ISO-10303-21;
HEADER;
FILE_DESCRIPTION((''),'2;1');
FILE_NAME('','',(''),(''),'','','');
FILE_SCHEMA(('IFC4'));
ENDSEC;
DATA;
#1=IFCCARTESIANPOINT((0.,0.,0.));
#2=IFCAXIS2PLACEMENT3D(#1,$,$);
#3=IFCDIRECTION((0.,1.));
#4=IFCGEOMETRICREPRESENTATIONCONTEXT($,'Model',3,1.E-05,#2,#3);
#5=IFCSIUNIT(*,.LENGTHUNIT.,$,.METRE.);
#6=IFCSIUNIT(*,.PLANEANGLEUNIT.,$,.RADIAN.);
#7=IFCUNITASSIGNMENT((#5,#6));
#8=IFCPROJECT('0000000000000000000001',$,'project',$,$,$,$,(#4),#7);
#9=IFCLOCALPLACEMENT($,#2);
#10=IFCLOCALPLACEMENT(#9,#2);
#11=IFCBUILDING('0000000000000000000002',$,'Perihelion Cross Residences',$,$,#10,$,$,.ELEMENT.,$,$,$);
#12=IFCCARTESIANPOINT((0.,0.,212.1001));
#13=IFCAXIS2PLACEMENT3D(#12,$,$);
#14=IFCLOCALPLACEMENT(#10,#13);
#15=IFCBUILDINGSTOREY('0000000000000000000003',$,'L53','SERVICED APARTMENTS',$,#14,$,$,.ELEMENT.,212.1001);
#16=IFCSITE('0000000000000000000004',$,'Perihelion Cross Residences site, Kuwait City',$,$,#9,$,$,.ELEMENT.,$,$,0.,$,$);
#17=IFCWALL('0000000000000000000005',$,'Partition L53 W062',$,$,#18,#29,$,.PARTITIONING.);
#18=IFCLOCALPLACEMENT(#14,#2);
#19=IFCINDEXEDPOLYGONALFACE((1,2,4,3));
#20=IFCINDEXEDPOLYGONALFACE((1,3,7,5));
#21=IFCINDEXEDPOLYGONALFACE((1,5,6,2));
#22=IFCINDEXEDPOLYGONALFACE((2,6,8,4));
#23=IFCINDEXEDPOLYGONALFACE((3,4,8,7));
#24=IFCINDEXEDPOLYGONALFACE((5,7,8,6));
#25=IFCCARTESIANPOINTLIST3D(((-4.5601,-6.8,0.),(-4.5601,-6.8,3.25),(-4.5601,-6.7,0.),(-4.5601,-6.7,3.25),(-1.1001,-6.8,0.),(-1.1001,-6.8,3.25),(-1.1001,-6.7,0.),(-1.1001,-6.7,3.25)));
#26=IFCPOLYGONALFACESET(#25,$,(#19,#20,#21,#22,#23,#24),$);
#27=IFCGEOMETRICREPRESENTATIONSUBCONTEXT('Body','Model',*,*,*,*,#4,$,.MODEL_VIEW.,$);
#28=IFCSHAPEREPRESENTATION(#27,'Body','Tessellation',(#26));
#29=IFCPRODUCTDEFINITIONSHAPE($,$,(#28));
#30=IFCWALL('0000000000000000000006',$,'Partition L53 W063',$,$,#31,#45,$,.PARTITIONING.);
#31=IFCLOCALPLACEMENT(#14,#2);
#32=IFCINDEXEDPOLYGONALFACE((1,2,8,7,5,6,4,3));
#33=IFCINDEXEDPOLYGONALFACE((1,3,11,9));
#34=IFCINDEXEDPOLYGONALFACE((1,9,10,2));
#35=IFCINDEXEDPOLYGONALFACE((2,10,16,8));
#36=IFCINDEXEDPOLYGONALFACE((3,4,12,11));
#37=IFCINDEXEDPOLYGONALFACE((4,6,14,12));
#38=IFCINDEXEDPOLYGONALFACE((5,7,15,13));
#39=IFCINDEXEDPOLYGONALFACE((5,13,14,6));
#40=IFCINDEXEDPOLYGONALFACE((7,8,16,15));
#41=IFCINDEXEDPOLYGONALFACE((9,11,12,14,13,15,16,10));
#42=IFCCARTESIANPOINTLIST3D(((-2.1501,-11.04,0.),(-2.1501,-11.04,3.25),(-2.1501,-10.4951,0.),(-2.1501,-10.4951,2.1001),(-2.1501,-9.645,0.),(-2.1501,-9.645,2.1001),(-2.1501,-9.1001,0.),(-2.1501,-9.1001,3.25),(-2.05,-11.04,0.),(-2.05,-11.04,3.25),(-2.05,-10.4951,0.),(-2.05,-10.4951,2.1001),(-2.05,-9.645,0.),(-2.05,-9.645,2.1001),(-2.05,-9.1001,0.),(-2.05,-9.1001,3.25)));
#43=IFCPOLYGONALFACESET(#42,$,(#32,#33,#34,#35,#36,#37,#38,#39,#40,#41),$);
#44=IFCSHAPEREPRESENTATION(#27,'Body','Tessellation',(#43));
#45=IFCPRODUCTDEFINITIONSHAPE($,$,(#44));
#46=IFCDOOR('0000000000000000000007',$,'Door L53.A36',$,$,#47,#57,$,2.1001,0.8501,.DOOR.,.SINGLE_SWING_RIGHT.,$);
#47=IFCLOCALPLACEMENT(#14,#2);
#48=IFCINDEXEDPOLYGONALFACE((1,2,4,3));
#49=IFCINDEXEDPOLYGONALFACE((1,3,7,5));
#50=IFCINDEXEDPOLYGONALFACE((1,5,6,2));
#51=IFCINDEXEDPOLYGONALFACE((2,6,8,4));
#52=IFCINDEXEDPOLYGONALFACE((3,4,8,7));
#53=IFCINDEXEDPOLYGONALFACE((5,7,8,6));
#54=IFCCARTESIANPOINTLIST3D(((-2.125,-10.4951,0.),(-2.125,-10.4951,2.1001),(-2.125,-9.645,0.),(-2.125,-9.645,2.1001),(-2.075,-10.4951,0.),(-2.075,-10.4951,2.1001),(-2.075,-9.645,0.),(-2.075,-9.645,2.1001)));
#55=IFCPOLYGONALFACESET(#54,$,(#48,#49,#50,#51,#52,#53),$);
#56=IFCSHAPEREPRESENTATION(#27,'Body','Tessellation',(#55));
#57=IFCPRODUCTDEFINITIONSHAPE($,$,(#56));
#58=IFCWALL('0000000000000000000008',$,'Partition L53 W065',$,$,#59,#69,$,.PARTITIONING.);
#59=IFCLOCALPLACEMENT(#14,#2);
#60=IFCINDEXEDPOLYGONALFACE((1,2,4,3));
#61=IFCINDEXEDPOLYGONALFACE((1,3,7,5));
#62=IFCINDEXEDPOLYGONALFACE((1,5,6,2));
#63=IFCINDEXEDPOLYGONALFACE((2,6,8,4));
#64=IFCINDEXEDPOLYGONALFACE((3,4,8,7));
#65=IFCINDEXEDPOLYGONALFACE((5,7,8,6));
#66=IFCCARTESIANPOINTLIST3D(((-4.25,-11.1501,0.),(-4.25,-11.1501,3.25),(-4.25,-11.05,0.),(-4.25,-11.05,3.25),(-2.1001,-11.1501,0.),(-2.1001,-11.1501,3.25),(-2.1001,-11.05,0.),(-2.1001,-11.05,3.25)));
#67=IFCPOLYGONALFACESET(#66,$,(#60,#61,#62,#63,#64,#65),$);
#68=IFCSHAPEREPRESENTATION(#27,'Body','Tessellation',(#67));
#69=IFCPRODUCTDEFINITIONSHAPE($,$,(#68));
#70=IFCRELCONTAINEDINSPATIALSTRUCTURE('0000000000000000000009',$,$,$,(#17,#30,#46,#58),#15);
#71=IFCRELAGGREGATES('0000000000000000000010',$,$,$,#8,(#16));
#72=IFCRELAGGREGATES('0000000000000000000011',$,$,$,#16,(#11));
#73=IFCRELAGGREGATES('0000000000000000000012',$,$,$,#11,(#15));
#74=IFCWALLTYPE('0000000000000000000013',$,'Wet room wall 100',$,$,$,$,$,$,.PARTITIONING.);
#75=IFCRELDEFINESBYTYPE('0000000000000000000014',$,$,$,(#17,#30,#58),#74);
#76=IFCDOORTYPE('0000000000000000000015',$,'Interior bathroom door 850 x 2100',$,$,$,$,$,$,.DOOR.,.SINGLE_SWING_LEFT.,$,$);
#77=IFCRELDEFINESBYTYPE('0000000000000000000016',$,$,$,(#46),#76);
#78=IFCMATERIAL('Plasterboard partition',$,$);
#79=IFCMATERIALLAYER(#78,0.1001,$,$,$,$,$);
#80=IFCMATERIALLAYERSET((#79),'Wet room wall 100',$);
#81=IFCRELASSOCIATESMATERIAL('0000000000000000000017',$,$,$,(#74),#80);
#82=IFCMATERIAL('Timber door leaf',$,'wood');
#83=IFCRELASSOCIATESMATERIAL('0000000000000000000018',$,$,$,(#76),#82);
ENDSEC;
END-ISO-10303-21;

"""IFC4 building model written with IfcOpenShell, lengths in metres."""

from ifc_helpers import new_model, si_unit, direction, frame, frame_2d, origin, place, context, subcontext, project, spatial, rectangle, extrude, material, layer, layer_set, type_object, element, fill, save


model = new_model("IFC4")

# Units and contexts
model_context = context("Model", 3, precision=1e-05, world=origin(), true_north=direction((0.0, 1.0)))
body_context = subcontext(model_context, "Body", "Model", "MODEL_VIEW")
ifc_project = project(units=[si_unit("LENGTHUNIT", "METRE"), si_unit("PLANEANGLEUNIT", "RADIAN")], contexts=[model_context])

# Site, building, storey
site_placement = place(None, origin())
site = spatial("IfcSite", under=ifc_project, at=site_placement, Name="Perihelion Cross Residences site, Kuwait City", CompositionType="ELEMENT", RefElevation=0.0)
building_placement = place(site_placement, origin())
building = spatial("IfcBuilding", under=site, at=building_placement, Name="Perihelion Cross Residences", CompositionType="ELEMENT")
storey_placement = place(building_placement, frame((0.0, 0.0, 212.1001)))
storey = spatial("IfcBuildingStorey", under=building, at=storey_placement, Name="L53", Description="SERVICED APARTMENTS", CompositionType="ELEMENT", Elevation=212.1001)

# Shared definitions
ifc_material_1 = material(Name="Plasterboard partition")
ifc_layer_1 = layer(ifc_material_1, 0.1001)
ifc_layer_set_1 = layer_set([ifc_layer_1], Name="Wet room wall 100")
wall_type_1 = type_object("IfcWallType", Name="Wet room wall 100", PredefinedType="PARTITIONING", material=ifc_layer_set_1)
ifc_material_2 = material(Name="Timber door leaf", Category="wood")
door_type_1 = type_object("IfcDoorType", Name="Interior bathroom door 850 x 2100", OperationType="SINGLE_SWING_LEFT", PredefinedType="DOOR", material=ifc_material_2)

# Wall
wall_1_placement = place(storey_placement, frame((-1.1001, -6.75, 0.0), z_axis=(0.0, 0.0, 1.0), x_axis=(-1.0, 0.0, 0.0)))
element("IfcWall", 1, at=wall_1_placement, inside=storey, type_object=wall_type_1, Name="Partition L53 W062", PredefinedType="PARTITIONING", context=body_context, shape_type="SweptSolid", body=[
    extrude(rectangle(XDim=3.46, YDim=0.1001, at=frame_2d((1.73, 0.0))), origin(), (0.0, 0.0, 1.0), 3.25),
])

# Wall, opening, door
wall_2_placement = place(storey_placement, frame((-2.1001, -11.04, 0.0), z_axis=(0.0, 0.0, 1.0), x_axis=(0.0, 1.0, 0.0)))
wall_2 = element("IfcWall", 2, at=wall_2_placement, inside=storey, type_object=wall_type_1, Name="Partition L53 W063", PredefinedType="PARTITIONING", context=body_context, shape_type="SweptSolid", body=[
    extrude(rectangle(XDim=1.9399, YDim=0.1001, at=frame_2d((0.97, 0.0))), origin(), (0.0, 0.0, 1.0), 3.25),
])
opening_1_placement = place(wall_2_placement, frame((0.5449, 0.0, 0.0)))
opening_1 = element("IfcOpeningElement", 3, at=opening_1_placement, cuts=wall_2, PredefinedType="OPENING", context=body_context, shape_type="SweptSolid", body=[
    extrude(rectangle(XDim=0.8501, YDim=2.1001, at=frame_2d((0.425, 1.05))), frame((0.0, 0.0601, 0.0), z_axis=(0.0, -1.0, 0.0), x_axis=(1.0, 0.0, 0.0)), (0.0, 0.0, 1.0), 0.1201),
])
door_1_placement = place(opening_1_placement, origin())
door_1 = element("IfcDoor", 4, at=door_1_placement, inside=storey, type_object=door_type_1, Name="Door L53.A36", OperationType="SINGLE_SWING_RIGHT", OverallHeight=2.1001, OverallWidth=0.8501, PredefinedType="DOOR", context=body_context, shape_type="SweptSolid", body=[
    extrude(rectangle(XDim=0.8501, YDim=2.1001, at=frame_2d((0.425, 1.05))), frame((0.0, 0.0249, 0.0), z_axis=(0.0, -1.0, 0.0), x_axis=(1.0, 0.0, 0.0)), (0.0, 0.0, 1.0), 0.05),
])
fill(opening_1, door_1)

# Wall
wall_3_placement = place(storey_placement, frame((-2.1001, -11.1001, 0.0), z_axis=(0.0, 0.0, 1.0), x_axis=(-1.0, 0.0, 0.0)))
element("IfcWall", 5, at=wall_3_placement, inside=storey, type_object=wall_type_1, Name="Partition L53 W065", PredefinedType="PARTITIONING", context=body_context, shape_type="SweptSolid", body=[
    extrude(rectangle(XDim=2.1499, YDim=0.1001, at=frame_2d((1.075, 0.0))), origin(), (0.0, 0.0, 1.0), 3.25),
])

save(model, "model.ifc")
